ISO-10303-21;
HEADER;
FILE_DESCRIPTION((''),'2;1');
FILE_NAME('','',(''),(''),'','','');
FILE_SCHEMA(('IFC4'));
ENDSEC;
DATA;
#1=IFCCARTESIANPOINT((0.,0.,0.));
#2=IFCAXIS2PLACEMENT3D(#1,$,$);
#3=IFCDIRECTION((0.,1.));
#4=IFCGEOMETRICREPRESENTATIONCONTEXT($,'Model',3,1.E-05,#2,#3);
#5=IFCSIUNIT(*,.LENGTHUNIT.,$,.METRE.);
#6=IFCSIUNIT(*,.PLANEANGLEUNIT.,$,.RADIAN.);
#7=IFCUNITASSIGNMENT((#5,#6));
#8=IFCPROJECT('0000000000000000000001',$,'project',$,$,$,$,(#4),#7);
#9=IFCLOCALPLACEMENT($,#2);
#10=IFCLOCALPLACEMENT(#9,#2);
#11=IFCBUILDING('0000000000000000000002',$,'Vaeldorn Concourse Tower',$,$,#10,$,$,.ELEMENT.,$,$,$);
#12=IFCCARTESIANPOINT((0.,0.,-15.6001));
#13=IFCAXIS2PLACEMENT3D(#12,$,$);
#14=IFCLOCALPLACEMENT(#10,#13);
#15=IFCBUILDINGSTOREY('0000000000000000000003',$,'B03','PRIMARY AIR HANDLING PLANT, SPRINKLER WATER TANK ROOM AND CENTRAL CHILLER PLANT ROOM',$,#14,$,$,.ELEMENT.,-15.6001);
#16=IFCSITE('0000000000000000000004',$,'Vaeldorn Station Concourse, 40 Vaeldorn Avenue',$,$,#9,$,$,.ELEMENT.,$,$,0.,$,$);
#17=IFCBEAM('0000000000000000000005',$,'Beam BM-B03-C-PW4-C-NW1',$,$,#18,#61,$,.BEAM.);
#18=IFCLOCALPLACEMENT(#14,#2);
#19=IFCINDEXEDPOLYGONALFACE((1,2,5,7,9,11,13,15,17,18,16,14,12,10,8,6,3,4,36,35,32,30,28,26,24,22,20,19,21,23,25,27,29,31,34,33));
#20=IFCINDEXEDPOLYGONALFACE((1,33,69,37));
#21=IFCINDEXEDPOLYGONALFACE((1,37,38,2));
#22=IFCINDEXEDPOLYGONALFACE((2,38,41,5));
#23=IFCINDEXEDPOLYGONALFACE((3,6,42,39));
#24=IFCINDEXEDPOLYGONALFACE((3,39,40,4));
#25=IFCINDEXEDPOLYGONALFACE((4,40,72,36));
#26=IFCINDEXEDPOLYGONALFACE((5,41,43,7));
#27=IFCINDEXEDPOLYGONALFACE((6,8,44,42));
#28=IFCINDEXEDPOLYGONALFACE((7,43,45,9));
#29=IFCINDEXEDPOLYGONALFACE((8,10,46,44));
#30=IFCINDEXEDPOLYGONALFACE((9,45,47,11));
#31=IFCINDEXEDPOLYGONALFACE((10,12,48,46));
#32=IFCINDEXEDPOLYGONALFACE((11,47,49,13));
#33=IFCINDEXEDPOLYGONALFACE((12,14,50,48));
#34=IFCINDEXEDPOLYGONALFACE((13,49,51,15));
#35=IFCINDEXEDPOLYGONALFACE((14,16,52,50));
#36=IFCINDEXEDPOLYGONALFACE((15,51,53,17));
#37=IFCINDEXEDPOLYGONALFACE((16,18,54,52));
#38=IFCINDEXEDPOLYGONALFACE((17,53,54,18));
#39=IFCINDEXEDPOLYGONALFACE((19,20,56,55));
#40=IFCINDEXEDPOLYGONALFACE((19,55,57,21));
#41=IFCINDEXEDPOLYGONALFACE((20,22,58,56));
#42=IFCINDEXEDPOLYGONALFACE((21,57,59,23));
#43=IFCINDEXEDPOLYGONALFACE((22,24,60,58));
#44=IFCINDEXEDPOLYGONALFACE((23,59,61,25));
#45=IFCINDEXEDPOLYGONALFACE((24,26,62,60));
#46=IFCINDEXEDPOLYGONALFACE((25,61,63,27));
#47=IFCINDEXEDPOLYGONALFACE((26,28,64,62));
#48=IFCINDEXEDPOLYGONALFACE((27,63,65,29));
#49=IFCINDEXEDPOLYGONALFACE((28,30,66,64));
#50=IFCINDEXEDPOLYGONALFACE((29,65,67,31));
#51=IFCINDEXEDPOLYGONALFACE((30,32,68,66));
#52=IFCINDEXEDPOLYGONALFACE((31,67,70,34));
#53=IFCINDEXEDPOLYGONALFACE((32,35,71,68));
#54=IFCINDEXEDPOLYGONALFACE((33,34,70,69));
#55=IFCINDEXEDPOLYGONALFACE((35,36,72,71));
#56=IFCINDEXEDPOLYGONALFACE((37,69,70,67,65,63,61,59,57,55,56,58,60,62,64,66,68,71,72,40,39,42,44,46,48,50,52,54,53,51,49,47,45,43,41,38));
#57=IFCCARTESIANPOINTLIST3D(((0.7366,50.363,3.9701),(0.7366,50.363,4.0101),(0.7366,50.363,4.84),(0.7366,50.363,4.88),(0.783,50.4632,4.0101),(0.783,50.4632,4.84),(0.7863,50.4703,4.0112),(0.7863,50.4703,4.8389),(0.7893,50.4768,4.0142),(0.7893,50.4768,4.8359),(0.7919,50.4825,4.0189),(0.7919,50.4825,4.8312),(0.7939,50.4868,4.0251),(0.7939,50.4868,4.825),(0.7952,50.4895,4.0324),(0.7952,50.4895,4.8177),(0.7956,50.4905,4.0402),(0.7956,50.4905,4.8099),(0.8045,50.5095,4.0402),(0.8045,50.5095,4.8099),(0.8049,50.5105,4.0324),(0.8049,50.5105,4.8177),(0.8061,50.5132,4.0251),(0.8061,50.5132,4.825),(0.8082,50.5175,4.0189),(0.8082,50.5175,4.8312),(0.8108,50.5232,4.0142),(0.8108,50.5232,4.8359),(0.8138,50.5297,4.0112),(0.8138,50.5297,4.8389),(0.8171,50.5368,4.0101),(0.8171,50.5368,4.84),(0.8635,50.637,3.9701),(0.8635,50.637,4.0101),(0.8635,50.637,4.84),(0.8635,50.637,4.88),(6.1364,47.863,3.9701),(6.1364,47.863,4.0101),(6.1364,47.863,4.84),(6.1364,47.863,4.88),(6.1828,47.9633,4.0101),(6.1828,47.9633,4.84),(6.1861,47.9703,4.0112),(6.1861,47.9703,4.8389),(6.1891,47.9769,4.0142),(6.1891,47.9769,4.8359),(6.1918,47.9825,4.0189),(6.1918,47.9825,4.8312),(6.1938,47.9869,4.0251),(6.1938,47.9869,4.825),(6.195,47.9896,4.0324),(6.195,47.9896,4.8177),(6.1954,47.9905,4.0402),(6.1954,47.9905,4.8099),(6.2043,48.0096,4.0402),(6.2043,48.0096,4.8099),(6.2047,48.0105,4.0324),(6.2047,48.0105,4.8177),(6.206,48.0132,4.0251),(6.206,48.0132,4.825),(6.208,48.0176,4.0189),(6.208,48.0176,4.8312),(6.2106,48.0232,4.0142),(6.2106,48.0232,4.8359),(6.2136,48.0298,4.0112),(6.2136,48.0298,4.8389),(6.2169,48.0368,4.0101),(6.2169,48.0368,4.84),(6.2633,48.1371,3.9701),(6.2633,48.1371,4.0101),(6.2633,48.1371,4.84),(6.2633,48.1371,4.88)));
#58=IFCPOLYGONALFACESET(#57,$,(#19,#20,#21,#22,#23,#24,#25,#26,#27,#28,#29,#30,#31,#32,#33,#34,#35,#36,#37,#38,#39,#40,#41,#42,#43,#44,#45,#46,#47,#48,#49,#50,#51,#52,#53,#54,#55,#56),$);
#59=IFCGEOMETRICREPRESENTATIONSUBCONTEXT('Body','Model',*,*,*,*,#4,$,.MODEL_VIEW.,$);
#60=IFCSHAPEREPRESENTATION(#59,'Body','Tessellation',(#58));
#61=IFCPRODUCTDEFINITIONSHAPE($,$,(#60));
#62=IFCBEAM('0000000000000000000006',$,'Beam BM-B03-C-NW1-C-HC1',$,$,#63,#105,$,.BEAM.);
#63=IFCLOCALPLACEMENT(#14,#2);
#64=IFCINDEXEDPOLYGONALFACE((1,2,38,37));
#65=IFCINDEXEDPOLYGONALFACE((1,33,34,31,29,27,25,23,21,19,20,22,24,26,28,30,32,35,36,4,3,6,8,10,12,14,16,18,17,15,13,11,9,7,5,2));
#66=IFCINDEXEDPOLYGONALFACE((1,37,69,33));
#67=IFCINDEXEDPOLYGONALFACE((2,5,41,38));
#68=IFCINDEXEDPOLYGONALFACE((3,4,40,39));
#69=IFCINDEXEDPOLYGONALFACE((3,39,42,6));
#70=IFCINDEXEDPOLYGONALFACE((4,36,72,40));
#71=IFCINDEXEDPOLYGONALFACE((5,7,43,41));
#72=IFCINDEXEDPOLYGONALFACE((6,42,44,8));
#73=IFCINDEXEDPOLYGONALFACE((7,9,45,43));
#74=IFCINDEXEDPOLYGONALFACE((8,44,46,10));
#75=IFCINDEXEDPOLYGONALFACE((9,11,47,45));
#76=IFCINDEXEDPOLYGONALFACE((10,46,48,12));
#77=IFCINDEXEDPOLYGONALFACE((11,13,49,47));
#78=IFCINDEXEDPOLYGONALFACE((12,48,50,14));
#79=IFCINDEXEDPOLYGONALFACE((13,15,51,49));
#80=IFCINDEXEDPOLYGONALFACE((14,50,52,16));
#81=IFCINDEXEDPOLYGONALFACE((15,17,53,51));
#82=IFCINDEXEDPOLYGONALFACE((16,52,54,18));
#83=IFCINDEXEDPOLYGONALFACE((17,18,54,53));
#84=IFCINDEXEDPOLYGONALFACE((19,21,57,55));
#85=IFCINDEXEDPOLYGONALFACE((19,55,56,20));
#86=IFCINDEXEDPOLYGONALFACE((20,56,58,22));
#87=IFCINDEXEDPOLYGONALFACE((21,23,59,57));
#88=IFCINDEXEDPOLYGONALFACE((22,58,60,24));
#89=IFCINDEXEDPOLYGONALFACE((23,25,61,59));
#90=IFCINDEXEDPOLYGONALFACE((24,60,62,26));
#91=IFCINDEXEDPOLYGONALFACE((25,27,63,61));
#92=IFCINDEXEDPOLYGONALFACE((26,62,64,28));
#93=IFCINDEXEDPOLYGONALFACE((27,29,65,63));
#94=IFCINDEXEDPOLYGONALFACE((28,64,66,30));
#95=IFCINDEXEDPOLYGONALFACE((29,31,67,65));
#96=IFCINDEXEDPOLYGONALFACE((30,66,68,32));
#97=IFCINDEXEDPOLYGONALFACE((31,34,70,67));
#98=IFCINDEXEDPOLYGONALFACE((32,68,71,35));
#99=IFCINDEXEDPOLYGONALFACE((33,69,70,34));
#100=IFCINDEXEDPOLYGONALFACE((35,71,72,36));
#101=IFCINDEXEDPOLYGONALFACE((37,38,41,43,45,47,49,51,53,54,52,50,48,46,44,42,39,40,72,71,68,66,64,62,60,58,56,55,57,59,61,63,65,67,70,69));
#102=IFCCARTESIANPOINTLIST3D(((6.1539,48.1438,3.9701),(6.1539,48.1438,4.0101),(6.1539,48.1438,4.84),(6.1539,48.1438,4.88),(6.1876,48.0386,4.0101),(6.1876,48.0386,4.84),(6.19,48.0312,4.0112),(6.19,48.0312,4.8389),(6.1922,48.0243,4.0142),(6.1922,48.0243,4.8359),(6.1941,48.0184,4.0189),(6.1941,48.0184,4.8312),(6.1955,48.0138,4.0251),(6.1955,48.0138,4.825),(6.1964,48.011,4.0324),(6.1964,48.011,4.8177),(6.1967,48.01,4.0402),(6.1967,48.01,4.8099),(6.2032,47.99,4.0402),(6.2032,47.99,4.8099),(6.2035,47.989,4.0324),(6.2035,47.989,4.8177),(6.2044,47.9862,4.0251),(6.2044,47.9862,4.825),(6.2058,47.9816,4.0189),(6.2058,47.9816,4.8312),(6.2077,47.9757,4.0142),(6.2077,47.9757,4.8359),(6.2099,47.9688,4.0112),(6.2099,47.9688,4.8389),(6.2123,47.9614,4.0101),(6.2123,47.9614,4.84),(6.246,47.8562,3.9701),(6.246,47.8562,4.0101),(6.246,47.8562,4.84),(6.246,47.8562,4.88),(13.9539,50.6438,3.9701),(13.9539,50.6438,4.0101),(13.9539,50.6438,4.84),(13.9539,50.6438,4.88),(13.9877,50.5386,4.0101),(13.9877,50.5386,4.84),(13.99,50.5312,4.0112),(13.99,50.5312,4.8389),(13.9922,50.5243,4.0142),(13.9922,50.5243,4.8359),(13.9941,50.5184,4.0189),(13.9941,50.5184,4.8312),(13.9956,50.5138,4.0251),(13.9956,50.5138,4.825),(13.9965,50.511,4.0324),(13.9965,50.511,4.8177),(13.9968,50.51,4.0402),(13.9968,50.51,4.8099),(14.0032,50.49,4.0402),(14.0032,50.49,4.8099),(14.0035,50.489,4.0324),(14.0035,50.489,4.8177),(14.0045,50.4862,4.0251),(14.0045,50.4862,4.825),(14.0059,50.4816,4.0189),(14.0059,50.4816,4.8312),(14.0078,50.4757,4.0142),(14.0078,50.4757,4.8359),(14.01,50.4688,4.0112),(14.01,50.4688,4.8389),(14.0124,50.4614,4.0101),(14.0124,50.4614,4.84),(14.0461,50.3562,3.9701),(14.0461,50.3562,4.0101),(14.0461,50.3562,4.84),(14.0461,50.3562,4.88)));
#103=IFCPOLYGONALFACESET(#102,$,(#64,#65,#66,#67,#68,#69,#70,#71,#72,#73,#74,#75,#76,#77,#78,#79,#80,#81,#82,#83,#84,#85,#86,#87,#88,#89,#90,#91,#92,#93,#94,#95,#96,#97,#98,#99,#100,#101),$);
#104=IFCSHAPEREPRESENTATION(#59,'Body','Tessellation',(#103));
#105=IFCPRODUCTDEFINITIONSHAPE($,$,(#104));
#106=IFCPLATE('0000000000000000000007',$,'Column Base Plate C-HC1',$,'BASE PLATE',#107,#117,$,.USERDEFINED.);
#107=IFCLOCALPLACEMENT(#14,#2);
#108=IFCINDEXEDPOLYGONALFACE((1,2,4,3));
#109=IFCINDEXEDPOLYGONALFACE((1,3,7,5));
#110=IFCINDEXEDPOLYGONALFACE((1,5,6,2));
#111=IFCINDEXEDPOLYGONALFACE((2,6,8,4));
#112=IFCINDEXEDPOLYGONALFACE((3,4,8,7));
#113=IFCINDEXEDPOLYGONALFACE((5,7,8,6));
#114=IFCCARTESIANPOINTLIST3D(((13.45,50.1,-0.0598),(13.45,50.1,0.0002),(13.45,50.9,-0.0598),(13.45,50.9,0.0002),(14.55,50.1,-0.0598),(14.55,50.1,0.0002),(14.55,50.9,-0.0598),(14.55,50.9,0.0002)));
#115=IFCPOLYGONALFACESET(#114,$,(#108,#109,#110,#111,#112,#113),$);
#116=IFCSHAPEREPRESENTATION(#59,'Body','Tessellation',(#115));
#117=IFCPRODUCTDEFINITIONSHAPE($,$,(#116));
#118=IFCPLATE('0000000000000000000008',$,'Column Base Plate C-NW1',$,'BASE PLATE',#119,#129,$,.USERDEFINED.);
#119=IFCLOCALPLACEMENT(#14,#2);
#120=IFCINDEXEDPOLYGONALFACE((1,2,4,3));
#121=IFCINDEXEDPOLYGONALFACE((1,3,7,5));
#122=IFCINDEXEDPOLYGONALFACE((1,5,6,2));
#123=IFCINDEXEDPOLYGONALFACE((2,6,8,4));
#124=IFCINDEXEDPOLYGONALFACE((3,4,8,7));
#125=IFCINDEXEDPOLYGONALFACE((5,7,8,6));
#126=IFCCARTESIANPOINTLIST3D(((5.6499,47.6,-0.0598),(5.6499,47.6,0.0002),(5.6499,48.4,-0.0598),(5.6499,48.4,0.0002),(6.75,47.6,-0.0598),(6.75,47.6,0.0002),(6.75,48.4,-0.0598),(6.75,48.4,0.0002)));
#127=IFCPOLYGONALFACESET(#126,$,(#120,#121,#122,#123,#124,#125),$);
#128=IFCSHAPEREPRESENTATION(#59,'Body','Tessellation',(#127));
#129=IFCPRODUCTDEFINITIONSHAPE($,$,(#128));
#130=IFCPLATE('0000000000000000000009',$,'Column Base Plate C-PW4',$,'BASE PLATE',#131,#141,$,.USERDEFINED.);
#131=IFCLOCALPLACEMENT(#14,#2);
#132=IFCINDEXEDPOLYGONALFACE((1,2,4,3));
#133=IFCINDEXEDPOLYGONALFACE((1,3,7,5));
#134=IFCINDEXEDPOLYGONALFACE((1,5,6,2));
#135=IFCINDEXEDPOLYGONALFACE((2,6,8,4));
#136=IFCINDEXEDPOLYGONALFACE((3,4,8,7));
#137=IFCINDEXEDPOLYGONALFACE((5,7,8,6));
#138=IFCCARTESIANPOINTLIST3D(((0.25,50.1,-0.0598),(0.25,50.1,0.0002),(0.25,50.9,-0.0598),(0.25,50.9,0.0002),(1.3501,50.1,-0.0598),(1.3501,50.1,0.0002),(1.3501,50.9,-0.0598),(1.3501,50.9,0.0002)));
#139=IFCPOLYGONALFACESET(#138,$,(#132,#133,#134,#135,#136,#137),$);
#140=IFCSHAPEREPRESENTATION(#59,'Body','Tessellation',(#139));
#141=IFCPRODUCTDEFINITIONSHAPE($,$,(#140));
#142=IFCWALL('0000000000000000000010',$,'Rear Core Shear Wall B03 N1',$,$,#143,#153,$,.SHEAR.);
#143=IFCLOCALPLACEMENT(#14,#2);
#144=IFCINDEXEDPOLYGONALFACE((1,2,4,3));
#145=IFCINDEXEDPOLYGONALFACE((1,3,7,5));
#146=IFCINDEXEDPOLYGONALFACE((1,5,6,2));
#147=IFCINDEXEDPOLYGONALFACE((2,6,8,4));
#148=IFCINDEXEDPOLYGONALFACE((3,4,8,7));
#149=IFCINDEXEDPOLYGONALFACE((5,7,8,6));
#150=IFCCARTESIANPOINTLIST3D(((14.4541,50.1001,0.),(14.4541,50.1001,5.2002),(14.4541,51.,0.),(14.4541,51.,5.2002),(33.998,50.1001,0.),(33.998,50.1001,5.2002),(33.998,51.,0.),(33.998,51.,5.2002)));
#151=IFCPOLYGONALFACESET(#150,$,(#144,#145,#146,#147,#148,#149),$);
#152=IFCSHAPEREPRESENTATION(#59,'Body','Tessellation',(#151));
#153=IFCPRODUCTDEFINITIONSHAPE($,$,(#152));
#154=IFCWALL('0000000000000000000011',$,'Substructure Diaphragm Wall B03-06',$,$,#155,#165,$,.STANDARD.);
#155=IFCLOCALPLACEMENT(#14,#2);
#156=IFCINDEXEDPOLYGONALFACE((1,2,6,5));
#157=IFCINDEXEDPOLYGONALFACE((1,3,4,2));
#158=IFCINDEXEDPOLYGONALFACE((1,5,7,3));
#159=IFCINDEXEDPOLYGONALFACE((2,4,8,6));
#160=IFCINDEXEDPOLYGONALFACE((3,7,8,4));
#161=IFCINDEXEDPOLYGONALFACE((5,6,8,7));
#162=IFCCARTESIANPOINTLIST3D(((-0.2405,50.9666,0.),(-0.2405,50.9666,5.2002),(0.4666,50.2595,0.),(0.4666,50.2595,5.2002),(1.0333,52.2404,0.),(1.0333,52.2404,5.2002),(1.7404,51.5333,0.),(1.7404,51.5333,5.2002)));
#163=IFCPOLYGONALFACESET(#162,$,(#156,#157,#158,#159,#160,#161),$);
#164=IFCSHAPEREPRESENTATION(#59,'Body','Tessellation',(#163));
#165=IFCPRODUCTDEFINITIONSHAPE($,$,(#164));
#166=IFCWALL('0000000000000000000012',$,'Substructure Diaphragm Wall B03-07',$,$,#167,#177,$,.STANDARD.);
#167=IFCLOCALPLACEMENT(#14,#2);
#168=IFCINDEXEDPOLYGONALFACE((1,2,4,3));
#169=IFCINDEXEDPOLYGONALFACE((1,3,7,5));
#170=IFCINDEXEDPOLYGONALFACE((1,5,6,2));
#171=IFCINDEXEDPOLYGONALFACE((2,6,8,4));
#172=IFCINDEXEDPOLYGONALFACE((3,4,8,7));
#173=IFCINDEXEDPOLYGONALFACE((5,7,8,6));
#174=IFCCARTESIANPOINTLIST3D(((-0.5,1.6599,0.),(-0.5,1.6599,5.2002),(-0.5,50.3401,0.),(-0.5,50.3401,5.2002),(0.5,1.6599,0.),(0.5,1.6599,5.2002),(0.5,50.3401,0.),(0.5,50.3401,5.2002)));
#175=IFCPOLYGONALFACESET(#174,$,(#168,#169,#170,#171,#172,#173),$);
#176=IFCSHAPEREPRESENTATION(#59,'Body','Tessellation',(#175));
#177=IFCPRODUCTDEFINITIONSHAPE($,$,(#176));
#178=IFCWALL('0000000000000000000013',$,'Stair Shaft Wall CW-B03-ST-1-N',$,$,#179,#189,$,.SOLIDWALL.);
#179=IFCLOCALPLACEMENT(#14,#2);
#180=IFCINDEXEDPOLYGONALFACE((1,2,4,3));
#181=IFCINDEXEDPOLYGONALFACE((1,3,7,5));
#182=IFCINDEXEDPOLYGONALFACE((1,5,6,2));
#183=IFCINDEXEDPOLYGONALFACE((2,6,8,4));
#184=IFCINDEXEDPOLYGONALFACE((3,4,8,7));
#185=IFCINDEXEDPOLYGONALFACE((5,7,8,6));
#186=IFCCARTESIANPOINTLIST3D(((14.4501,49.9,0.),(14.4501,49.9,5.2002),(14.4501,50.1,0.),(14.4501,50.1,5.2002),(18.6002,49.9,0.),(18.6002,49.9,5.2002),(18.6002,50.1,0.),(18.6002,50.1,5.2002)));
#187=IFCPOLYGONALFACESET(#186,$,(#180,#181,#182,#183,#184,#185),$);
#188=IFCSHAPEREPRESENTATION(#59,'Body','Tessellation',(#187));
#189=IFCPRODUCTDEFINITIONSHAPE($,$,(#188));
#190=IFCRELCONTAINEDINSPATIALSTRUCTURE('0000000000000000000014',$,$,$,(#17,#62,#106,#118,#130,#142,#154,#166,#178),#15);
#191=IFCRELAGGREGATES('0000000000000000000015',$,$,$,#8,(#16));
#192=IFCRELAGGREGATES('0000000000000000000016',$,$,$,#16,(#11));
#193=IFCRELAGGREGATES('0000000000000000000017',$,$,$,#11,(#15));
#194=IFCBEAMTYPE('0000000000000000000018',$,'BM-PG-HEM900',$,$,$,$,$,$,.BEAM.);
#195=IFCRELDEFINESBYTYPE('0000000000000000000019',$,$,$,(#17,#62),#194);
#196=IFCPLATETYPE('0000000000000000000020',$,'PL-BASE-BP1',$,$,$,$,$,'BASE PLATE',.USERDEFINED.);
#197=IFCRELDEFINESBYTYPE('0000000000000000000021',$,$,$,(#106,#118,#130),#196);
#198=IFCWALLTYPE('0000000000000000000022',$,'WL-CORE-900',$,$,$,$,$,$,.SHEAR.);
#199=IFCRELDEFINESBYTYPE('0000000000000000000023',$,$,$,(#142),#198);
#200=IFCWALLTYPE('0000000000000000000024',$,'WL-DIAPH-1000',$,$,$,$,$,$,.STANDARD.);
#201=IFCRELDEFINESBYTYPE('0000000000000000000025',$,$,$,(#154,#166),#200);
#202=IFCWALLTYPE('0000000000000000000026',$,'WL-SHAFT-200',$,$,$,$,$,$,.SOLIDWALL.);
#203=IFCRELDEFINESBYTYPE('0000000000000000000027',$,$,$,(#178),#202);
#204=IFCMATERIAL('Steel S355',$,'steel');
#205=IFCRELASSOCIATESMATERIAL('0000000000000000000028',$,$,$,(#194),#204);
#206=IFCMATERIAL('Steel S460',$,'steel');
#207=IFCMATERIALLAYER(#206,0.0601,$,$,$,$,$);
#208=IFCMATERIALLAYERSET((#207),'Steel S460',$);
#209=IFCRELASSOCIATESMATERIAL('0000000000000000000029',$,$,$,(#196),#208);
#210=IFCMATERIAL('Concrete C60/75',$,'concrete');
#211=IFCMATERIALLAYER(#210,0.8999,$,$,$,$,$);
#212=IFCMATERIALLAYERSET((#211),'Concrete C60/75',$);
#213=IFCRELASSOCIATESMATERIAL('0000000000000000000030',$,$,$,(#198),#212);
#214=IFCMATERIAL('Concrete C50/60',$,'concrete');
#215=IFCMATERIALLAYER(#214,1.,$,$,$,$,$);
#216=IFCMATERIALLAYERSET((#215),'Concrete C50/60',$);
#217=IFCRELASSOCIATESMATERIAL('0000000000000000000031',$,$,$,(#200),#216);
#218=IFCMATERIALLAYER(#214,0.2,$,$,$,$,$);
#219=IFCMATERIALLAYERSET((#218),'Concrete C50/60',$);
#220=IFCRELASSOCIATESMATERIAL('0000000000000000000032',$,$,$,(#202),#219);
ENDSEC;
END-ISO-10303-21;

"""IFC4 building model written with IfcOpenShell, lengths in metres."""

from ifc_helpers import new_model, si_unit, direction, frame, frame_2d, origin, origin_2d, place, context, subcontext, project, spatial, rectangle, i_section, extrude, source, transform, mapped, material, layer, layer_set, material_profile, profile_set, type_object, element, save


model = new_model("IFC4")

# Units and contexts
model_context = context("Model", 3, precision=1e-05, world=origin(), true_north=direction((0.0, 1.0)))
body_context = subcontext(model_context, "Body", "Model", "MODEL_VIEW")
ifc_project = project(units=[si_unit("LENGTHUNIT", "METRE"), si_unit("PLANEANGLEUNIT", "RADIAN")], contexts=[model_context])

# Site, building, storey
site_placement = place(None, origin())
site = spatial("IfcSite", under=ifc_project, at=site_placement, Name="Vaeldorn Station Concourse, 40 Vaeldorn Avenue", CompositionType="ELEMENT", RefElevation=0.0)
building_placement = place(site_placement, origin())
building = spatial("IfcBuilding", under=site, at=building_placement, Name="Vaeldorn Concourse Tower", CompositionType="ELEMENT")
storey_placement = place(building_placement, frame((0.0, 0.0, -15.6001)))
storey = spatial("IfcBuildingStorey", under=building, at=storey_placement, Name="B03", Description="PRIMARY AIR HANDLING PLANT, SPRINKLER WATER TANK ROOM AND CENTRAL CHILLER PLANT ROOM", CompositionType="ELEMENT", Elevation=-15.6001)

# Shared definitions
ifc_material_1 = material(Name="Concrete C50/60", Category="concrete")

# Shared definitions
ifc_material_2 = material(Name="Steel S460", Category="steel")

# Beams
ifc_material_3 = material(Name="Steel S355", Category="steel")
ifc_material_profile_1 = material_profile(ifc_material_3, i_section(OverallWidth=0.302, OverallDepth=0.9099, WebThickness=0.021, FlangeThickness=0.04, FilletRadius=0.03, at=origin_2d()), Name="HEM 900")
ifc_profile_set_1 = profile_set([ifc_material_profile_1], Name="Steel S355")
beam_type = type_object("IfcBeamType", Name="BM-PG-HEM900", PredefinedType="BEAM", material=ifc_profile_set_1)
shared_shape_1 = source(origin(), body_context, "Body", "SweptSolid", [
    extrude(i_section(OverallWidth=0.302, OverallDepth=0.9099, WebThickness=0.021, FlangeThickness=0.04, FilletRadius=0.03, at=origin_2d()), origin(), (0.0, 0.0, 1.0), 5.9504),
])
beam_1_placement = place(storey_placement, frame((0.8, 50.5, 4.425), z_axis=(0.907464, -0.42013, 0.0), x_axis=(0.42013, 0.907464, 0.0)))
element("IfcBeam", 1, at=beam_1_placement, inside=storey, type_object=beam_type, Name="Beam BM-B03-C-PW4-C-NW1", PredefinedType="BEAM", context=body_context, shape_type="MappedRepresentation", body=[
    mapped(shared_shape_1, transform((0.0, 0.0, 0.0), scale=1.0)),
])
shared_shape_2 = source(origin(), body_context, "Body", "SweptSolid", [
    extrude(i_section(OverallWidth=0.302, OverallDepth=0.9099, WebThickness=0.021, FlangeThickness=0.04, FilletRadius=0.03, at=origin_2d()), origin(), (0.0, 0.0, 1.0), 8.1909),
])
beam_2_placement = place(storey_placement, frame((6.2, 48.0, 4.425), z_axis=(0.952283, 0.305217, 0.0), x_axis=(-0.305217, 0.952283, 0.0)))
element("IfcBeam", 2, at=beam_2_placement, inside=storey, type_object=beam_type, Name="Beam BM-B03-C-NW1-C-HC1", PredefinedType="BEAM", context=body_context, shape_type="MappedRepresentation", body=[
    mapped(shared_shape_2, transform((0.0, 0.0, 0.0), scale=1.0)),
])

# Plates
ifc_layer_1 = layer(ifc_material_2, 0.0601)
ifc_layer_set_1 = layer_set([ifc_layer_1], Name="Steel S460")
plate_type = type_object("IfcPlateType", Name="PL-BASE-BP1", ElementType="BASE PLATE", PredefinedType="USERDEFINED", material=ifc_layer_set_1)
shared_shape_3 = source(origin(), body_context, "Body", "SweptSolid", [
    extrude(rectangle(XDim=1.1001, YDim=0.8, at=origin_2d()), origin(), (0.0, 0.0, 1.0), 0.0601),
])
for number, where, z_axis, x_axis, name in (
    (3, (14.0, 50.5, -0.0598), (0.0, 0.0, 1.0), (1.0, 0.0, 0.0), "Column Base Plate C-HC1"),
    (4, (6.2, 48.0, -0.0598), (0.0, 0.0, 1.0), (1.0, 0.0, 0.0), "Column Base Plate C-NW1"),
    (5, (0.8, 50.5, -0.0598), (0.0, 0.0, 1.0), (1.0, 0.0, 0.0), "Column Base Plate C-PW4"),
):
    element("IfcPlate", number, at=place(storey_placement, frame(where, z_axis=z_axis, x_axis=x_axis)), inside=storey, type_object=plate_type, Name=name, ObjectType="BASE PLATE", PredefinedType="USERDEFINED", context=body_context, shape_type="MappedRepresentation", body=[
        mapped(shared_shape_3, transform((0.0, 0.0, 0.0), scale=1.0)),
    ])

# Walls
ifc_material_4 = material(Name="Concrete C60/75", Category="concrete")
ifc_layer_2 = layer(ifc_material_4, 0.8999)
ifc_layer_set_2 = layer_set([ifc_layer_2], Name="Concrete C60/75")
wall_type_1 = type_object("IfcWallType", Name="WL-CORE-900", PredefinedType="SHEAR", material=ifc_layer_set_2)
wall_1_placement = place(storey_placement, frame((14.4541, 50.55, 0.0), z_axis=(0.0, 0.0, 1.0), x_axis=(1.0, 0.0, 0.0)))
element("IfcWall", 6, at=wall_1_placement, inside=storey, type_object=wall_type_1, Name="Rear Core Shear Wall B03 N1", PredefinedType="SHEAR", context=body_context, shape_type="SweptSolid", body=[
    extrude(rectangle(XDim=19.5439, YDim=0.8999, at=frame_2d((9.772, 0.0))), origin(), (0.0, 0.0, 1.0), 5.2002),
])
ifc_layer_3 = layer(ifc_material_1, 1.0)
ifc_layer_set_3 = layer_set([ifc_layer_3], Name="Concrete C50/60")
wall_type_2 = type_object("IfcWallType", Name="WL-DIAPH-1000", PredefinedType="STANDARD", material=ifc_layer_set_3)
wall_2_placement = place(storey_placement, frame((1.387, 51.887, 0.0), z_axis=(0.0, 0.0, 1.0), x_axis=(-0.707107, -0.707107, 0.0)))
element("IfcWall", 7, at=wall_2_placement, inside=storey, type_object=wall_type_2, Name="Substructure Diaphragm Wall B03-06", PredefinedType="STANDARD", context=body_context, shape_type="SweptSolid", body=[
    extrude(rectangle(XDim=1.8015, YDim=1.0, at=frame_2d((0.9009, 0.0))), origin(), (0.0, 0.0, 1.0), 5.2002),
])
wall_3_placement = place(storey_placement, frame((0.0, 50.3401, 0.0), z_axis=(0.0, 0.0, 1.0), x_axis=(0.0, -1.0, 0.0)))
element("IfcWall", 8, at=wall_3_placement, inside=storey, type_object=wall_type_2, Name="Substructure Diaphragm Wall B03-07", PredefinedType="STANDARD", context=body_context, shape_type="SweptSolid", body=[
    extrude(rectangle(XDim=48.6802, YDim=1.0, at=frame_2d((24.3401, 0.0))), origin(), (0.0, 0.0, 1.0), 5.2002),
])
ifc_layer_4 = layer(ifc_material_1, 0.2)
ifc_layer_set_4 = layer_set([ifc_layer_4], Name="Concrete C50/60")
wall_type_3 = type_object("IfcWallType", Name="WL-SHAFT-200", PredefinedType="SOLIDWALL", material=ifc_layer_set_4)
wall_4_placement = place(storey_placement, frame((14.45, 50.0, 0.0), z_axis=(0.0, 0.0, 1.0), x_axis=(1.0, 0.0, 0.0)))
element("IfcWall", 9, at=wall_4_placement, inside=storey, type_object=wall_type_3, Name="Stair Shaft Wall CW-B03-ST-1-N", PredefinedType="SOLIDWALL", context=body_context, shape_type="SweptSolid", body=[
    extrude(rectangle(XDim=4.1501, YDim=0.2, at=frame_2d((2.0752, 0.0))), origin(), (0.0, 0.0, 1.0), 5.2002),
])

save(model, "model.ifc")
